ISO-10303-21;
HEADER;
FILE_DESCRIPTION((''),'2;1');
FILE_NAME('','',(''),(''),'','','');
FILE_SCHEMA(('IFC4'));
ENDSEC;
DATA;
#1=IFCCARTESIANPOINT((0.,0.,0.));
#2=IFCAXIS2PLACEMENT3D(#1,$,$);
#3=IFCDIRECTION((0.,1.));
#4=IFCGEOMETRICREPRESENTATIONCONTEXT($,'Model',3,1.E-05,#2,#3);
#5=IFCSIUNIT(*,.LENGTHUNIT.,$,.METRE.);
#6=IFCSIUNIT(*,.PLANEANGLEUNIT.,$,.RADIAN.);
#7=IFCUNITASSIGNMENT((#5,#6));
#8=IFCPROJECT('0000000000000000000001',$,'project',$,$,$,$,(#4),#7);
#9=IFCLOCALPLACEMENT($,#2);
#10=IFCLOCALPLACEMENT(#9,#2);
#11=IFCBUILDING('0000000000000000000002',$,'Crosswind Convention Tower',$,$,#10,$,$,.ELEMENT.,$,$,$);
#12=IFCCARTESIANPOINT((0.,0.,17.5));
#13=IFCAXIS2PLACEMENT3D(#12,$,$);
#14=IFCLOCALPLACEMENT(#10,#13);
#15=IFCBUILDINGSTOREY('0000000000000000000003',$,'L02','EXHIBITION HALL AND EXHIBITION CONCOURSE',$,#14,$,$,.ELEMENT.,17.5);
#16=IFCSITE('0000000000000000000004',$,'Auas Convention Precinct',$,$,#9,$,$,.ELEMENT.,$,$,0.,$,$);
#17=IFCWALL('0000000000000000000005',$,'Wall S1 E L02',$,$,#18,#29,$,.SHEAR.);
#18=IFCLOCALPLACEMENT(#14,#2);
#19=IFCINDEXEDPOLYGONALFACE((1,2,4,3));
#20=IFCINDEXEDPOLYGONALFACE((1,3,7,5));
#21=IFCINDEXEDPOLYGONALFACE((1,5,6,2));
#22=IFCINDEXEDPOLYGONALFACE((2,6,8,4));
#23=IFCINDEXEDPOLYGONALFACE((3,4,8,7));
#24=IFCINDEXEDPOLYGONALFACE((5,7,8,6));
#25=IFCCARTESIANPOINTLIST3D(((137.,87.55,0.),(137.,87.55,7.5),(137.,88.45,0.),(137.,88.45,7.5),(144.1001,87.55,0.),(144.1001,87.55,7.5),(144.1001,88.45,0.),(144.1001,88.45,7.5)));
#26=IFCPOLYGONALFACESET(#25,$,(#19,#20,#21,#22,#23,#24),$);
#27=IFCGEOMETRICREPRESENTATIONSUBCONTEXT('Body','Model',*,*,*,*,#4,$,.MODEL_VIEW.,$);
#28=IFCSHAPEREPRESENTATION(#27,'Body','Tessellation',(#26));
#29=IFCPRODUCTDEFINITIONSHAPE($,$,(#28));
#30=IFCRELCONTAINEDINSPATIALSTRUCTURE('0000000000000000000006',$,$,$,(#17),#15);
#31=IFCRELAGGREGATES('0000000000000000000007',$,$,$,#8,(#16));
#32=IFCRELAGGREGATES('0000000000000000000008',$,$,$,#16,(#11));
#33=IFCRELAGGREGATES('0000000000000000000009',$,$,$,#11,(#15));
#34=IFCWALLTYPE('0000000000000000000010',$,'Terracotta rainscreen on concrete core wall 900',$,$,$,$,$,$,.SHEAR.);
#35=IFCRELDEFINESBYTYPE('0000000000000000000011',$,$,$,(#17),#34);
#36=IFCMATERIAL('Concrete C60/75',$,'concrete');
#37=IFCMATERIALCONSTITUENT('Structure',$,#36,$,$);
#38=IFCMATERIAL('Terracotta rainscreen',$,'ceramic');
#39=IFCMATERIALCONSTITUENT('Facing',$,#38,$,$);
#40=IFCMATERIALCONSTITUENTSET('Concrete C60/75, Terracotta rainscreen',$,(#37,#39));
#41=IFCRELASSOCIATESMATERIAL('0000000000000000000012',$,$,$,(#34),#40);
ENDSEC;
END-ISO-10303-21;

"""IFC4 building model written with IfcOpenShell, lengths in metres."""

from ifc_helpers import new_model, si_unit, direction, frame, frame_2d, origin, place, context, subcontext, project, spatial, rectangle, extrude, material, constituent, constituent_set, type_object, element, save


model = new_model("IFC4")

# Units and contexts
model_context = context("Model", 3, precision=1e-05, world=origin(), true_north=direction((0.0, 1.0)))
body_context = subcontext(model_context, "Body", "Model", "MODEL_VIEW")
ifc_project = project(units=[si_unit("LENGTHUNIT", "METRE"), si_unit("PLANEANGLEUNIT", "RADIAN")], contexts=[model_context])

# Site, building, storey
site_placement = place(None, origin())
site = spatial("IfcSite", under=ifc_project, at=site_placement, Name="Auas Convention Precinct", CompositionType="ELEMENT", RefElevation=0.0)
building_placement = place(site_placement, origin())
building = spatial("IfcBuilding", under=site, at=building_placement, Name="Crosswind Convention Tower", CompositionType="ELEMENT")
storey_placement = place(building_placement, frame((0.0, 0.0, 17.5)))
storey = spatial("IfcBuildingStorey", under=building, at=storey_placement, Name="L02", Description="EXHIBITION HALL AND EXHIBITION CONCOURSE", CompositionType="ELEMENT", Elevation=17.5)

# Wall
ifc_material_1 = material(Name="Concrete C60/75", Category="concrete")
ifc_constituent_1 = constituent(ifc_material_1, Name="Structure")
ifc_material_2 = material(Name="Terracotta rainscreen", Category="ceramic")
ifc_constituent_2 = constituent(ifc_material_2, Name="Facing")
ifc_constituent_set = constituent_set(constituents=[ifc_constituent_1, ifc_constituent_2], Name="Concrete C60/75, Terracotta rainscreen")
wall_type_1 = type_object("IfcWallType", Name="Terracotta rainscreen on concrete core wall 900", PredefinedType="SHEAR", material=ifc_constituent_set)
wall_1_placement = place(storey_placement, frame((137.0, 88.0, 0.0), z_axis=(0.0, 0.0, 1.0), x_axis=(1.0, 0.0, 0.0)))
element("IfcWall", 1, at=wall_1_placement, inside=storey, type_object=wall_type_1, Name="Wall S1 E L02", PredefinedType="SHEAR", context=body_context, shape_type="SweptSolid", body=[
    extrude(rectangle(XDim=7.1001, YDim=0.8999, at=frame_2d((3.55, 0.0))), origin(), (0.0, 0.0, 1.0), 7.5),
])

save(model, "model.ifc")
